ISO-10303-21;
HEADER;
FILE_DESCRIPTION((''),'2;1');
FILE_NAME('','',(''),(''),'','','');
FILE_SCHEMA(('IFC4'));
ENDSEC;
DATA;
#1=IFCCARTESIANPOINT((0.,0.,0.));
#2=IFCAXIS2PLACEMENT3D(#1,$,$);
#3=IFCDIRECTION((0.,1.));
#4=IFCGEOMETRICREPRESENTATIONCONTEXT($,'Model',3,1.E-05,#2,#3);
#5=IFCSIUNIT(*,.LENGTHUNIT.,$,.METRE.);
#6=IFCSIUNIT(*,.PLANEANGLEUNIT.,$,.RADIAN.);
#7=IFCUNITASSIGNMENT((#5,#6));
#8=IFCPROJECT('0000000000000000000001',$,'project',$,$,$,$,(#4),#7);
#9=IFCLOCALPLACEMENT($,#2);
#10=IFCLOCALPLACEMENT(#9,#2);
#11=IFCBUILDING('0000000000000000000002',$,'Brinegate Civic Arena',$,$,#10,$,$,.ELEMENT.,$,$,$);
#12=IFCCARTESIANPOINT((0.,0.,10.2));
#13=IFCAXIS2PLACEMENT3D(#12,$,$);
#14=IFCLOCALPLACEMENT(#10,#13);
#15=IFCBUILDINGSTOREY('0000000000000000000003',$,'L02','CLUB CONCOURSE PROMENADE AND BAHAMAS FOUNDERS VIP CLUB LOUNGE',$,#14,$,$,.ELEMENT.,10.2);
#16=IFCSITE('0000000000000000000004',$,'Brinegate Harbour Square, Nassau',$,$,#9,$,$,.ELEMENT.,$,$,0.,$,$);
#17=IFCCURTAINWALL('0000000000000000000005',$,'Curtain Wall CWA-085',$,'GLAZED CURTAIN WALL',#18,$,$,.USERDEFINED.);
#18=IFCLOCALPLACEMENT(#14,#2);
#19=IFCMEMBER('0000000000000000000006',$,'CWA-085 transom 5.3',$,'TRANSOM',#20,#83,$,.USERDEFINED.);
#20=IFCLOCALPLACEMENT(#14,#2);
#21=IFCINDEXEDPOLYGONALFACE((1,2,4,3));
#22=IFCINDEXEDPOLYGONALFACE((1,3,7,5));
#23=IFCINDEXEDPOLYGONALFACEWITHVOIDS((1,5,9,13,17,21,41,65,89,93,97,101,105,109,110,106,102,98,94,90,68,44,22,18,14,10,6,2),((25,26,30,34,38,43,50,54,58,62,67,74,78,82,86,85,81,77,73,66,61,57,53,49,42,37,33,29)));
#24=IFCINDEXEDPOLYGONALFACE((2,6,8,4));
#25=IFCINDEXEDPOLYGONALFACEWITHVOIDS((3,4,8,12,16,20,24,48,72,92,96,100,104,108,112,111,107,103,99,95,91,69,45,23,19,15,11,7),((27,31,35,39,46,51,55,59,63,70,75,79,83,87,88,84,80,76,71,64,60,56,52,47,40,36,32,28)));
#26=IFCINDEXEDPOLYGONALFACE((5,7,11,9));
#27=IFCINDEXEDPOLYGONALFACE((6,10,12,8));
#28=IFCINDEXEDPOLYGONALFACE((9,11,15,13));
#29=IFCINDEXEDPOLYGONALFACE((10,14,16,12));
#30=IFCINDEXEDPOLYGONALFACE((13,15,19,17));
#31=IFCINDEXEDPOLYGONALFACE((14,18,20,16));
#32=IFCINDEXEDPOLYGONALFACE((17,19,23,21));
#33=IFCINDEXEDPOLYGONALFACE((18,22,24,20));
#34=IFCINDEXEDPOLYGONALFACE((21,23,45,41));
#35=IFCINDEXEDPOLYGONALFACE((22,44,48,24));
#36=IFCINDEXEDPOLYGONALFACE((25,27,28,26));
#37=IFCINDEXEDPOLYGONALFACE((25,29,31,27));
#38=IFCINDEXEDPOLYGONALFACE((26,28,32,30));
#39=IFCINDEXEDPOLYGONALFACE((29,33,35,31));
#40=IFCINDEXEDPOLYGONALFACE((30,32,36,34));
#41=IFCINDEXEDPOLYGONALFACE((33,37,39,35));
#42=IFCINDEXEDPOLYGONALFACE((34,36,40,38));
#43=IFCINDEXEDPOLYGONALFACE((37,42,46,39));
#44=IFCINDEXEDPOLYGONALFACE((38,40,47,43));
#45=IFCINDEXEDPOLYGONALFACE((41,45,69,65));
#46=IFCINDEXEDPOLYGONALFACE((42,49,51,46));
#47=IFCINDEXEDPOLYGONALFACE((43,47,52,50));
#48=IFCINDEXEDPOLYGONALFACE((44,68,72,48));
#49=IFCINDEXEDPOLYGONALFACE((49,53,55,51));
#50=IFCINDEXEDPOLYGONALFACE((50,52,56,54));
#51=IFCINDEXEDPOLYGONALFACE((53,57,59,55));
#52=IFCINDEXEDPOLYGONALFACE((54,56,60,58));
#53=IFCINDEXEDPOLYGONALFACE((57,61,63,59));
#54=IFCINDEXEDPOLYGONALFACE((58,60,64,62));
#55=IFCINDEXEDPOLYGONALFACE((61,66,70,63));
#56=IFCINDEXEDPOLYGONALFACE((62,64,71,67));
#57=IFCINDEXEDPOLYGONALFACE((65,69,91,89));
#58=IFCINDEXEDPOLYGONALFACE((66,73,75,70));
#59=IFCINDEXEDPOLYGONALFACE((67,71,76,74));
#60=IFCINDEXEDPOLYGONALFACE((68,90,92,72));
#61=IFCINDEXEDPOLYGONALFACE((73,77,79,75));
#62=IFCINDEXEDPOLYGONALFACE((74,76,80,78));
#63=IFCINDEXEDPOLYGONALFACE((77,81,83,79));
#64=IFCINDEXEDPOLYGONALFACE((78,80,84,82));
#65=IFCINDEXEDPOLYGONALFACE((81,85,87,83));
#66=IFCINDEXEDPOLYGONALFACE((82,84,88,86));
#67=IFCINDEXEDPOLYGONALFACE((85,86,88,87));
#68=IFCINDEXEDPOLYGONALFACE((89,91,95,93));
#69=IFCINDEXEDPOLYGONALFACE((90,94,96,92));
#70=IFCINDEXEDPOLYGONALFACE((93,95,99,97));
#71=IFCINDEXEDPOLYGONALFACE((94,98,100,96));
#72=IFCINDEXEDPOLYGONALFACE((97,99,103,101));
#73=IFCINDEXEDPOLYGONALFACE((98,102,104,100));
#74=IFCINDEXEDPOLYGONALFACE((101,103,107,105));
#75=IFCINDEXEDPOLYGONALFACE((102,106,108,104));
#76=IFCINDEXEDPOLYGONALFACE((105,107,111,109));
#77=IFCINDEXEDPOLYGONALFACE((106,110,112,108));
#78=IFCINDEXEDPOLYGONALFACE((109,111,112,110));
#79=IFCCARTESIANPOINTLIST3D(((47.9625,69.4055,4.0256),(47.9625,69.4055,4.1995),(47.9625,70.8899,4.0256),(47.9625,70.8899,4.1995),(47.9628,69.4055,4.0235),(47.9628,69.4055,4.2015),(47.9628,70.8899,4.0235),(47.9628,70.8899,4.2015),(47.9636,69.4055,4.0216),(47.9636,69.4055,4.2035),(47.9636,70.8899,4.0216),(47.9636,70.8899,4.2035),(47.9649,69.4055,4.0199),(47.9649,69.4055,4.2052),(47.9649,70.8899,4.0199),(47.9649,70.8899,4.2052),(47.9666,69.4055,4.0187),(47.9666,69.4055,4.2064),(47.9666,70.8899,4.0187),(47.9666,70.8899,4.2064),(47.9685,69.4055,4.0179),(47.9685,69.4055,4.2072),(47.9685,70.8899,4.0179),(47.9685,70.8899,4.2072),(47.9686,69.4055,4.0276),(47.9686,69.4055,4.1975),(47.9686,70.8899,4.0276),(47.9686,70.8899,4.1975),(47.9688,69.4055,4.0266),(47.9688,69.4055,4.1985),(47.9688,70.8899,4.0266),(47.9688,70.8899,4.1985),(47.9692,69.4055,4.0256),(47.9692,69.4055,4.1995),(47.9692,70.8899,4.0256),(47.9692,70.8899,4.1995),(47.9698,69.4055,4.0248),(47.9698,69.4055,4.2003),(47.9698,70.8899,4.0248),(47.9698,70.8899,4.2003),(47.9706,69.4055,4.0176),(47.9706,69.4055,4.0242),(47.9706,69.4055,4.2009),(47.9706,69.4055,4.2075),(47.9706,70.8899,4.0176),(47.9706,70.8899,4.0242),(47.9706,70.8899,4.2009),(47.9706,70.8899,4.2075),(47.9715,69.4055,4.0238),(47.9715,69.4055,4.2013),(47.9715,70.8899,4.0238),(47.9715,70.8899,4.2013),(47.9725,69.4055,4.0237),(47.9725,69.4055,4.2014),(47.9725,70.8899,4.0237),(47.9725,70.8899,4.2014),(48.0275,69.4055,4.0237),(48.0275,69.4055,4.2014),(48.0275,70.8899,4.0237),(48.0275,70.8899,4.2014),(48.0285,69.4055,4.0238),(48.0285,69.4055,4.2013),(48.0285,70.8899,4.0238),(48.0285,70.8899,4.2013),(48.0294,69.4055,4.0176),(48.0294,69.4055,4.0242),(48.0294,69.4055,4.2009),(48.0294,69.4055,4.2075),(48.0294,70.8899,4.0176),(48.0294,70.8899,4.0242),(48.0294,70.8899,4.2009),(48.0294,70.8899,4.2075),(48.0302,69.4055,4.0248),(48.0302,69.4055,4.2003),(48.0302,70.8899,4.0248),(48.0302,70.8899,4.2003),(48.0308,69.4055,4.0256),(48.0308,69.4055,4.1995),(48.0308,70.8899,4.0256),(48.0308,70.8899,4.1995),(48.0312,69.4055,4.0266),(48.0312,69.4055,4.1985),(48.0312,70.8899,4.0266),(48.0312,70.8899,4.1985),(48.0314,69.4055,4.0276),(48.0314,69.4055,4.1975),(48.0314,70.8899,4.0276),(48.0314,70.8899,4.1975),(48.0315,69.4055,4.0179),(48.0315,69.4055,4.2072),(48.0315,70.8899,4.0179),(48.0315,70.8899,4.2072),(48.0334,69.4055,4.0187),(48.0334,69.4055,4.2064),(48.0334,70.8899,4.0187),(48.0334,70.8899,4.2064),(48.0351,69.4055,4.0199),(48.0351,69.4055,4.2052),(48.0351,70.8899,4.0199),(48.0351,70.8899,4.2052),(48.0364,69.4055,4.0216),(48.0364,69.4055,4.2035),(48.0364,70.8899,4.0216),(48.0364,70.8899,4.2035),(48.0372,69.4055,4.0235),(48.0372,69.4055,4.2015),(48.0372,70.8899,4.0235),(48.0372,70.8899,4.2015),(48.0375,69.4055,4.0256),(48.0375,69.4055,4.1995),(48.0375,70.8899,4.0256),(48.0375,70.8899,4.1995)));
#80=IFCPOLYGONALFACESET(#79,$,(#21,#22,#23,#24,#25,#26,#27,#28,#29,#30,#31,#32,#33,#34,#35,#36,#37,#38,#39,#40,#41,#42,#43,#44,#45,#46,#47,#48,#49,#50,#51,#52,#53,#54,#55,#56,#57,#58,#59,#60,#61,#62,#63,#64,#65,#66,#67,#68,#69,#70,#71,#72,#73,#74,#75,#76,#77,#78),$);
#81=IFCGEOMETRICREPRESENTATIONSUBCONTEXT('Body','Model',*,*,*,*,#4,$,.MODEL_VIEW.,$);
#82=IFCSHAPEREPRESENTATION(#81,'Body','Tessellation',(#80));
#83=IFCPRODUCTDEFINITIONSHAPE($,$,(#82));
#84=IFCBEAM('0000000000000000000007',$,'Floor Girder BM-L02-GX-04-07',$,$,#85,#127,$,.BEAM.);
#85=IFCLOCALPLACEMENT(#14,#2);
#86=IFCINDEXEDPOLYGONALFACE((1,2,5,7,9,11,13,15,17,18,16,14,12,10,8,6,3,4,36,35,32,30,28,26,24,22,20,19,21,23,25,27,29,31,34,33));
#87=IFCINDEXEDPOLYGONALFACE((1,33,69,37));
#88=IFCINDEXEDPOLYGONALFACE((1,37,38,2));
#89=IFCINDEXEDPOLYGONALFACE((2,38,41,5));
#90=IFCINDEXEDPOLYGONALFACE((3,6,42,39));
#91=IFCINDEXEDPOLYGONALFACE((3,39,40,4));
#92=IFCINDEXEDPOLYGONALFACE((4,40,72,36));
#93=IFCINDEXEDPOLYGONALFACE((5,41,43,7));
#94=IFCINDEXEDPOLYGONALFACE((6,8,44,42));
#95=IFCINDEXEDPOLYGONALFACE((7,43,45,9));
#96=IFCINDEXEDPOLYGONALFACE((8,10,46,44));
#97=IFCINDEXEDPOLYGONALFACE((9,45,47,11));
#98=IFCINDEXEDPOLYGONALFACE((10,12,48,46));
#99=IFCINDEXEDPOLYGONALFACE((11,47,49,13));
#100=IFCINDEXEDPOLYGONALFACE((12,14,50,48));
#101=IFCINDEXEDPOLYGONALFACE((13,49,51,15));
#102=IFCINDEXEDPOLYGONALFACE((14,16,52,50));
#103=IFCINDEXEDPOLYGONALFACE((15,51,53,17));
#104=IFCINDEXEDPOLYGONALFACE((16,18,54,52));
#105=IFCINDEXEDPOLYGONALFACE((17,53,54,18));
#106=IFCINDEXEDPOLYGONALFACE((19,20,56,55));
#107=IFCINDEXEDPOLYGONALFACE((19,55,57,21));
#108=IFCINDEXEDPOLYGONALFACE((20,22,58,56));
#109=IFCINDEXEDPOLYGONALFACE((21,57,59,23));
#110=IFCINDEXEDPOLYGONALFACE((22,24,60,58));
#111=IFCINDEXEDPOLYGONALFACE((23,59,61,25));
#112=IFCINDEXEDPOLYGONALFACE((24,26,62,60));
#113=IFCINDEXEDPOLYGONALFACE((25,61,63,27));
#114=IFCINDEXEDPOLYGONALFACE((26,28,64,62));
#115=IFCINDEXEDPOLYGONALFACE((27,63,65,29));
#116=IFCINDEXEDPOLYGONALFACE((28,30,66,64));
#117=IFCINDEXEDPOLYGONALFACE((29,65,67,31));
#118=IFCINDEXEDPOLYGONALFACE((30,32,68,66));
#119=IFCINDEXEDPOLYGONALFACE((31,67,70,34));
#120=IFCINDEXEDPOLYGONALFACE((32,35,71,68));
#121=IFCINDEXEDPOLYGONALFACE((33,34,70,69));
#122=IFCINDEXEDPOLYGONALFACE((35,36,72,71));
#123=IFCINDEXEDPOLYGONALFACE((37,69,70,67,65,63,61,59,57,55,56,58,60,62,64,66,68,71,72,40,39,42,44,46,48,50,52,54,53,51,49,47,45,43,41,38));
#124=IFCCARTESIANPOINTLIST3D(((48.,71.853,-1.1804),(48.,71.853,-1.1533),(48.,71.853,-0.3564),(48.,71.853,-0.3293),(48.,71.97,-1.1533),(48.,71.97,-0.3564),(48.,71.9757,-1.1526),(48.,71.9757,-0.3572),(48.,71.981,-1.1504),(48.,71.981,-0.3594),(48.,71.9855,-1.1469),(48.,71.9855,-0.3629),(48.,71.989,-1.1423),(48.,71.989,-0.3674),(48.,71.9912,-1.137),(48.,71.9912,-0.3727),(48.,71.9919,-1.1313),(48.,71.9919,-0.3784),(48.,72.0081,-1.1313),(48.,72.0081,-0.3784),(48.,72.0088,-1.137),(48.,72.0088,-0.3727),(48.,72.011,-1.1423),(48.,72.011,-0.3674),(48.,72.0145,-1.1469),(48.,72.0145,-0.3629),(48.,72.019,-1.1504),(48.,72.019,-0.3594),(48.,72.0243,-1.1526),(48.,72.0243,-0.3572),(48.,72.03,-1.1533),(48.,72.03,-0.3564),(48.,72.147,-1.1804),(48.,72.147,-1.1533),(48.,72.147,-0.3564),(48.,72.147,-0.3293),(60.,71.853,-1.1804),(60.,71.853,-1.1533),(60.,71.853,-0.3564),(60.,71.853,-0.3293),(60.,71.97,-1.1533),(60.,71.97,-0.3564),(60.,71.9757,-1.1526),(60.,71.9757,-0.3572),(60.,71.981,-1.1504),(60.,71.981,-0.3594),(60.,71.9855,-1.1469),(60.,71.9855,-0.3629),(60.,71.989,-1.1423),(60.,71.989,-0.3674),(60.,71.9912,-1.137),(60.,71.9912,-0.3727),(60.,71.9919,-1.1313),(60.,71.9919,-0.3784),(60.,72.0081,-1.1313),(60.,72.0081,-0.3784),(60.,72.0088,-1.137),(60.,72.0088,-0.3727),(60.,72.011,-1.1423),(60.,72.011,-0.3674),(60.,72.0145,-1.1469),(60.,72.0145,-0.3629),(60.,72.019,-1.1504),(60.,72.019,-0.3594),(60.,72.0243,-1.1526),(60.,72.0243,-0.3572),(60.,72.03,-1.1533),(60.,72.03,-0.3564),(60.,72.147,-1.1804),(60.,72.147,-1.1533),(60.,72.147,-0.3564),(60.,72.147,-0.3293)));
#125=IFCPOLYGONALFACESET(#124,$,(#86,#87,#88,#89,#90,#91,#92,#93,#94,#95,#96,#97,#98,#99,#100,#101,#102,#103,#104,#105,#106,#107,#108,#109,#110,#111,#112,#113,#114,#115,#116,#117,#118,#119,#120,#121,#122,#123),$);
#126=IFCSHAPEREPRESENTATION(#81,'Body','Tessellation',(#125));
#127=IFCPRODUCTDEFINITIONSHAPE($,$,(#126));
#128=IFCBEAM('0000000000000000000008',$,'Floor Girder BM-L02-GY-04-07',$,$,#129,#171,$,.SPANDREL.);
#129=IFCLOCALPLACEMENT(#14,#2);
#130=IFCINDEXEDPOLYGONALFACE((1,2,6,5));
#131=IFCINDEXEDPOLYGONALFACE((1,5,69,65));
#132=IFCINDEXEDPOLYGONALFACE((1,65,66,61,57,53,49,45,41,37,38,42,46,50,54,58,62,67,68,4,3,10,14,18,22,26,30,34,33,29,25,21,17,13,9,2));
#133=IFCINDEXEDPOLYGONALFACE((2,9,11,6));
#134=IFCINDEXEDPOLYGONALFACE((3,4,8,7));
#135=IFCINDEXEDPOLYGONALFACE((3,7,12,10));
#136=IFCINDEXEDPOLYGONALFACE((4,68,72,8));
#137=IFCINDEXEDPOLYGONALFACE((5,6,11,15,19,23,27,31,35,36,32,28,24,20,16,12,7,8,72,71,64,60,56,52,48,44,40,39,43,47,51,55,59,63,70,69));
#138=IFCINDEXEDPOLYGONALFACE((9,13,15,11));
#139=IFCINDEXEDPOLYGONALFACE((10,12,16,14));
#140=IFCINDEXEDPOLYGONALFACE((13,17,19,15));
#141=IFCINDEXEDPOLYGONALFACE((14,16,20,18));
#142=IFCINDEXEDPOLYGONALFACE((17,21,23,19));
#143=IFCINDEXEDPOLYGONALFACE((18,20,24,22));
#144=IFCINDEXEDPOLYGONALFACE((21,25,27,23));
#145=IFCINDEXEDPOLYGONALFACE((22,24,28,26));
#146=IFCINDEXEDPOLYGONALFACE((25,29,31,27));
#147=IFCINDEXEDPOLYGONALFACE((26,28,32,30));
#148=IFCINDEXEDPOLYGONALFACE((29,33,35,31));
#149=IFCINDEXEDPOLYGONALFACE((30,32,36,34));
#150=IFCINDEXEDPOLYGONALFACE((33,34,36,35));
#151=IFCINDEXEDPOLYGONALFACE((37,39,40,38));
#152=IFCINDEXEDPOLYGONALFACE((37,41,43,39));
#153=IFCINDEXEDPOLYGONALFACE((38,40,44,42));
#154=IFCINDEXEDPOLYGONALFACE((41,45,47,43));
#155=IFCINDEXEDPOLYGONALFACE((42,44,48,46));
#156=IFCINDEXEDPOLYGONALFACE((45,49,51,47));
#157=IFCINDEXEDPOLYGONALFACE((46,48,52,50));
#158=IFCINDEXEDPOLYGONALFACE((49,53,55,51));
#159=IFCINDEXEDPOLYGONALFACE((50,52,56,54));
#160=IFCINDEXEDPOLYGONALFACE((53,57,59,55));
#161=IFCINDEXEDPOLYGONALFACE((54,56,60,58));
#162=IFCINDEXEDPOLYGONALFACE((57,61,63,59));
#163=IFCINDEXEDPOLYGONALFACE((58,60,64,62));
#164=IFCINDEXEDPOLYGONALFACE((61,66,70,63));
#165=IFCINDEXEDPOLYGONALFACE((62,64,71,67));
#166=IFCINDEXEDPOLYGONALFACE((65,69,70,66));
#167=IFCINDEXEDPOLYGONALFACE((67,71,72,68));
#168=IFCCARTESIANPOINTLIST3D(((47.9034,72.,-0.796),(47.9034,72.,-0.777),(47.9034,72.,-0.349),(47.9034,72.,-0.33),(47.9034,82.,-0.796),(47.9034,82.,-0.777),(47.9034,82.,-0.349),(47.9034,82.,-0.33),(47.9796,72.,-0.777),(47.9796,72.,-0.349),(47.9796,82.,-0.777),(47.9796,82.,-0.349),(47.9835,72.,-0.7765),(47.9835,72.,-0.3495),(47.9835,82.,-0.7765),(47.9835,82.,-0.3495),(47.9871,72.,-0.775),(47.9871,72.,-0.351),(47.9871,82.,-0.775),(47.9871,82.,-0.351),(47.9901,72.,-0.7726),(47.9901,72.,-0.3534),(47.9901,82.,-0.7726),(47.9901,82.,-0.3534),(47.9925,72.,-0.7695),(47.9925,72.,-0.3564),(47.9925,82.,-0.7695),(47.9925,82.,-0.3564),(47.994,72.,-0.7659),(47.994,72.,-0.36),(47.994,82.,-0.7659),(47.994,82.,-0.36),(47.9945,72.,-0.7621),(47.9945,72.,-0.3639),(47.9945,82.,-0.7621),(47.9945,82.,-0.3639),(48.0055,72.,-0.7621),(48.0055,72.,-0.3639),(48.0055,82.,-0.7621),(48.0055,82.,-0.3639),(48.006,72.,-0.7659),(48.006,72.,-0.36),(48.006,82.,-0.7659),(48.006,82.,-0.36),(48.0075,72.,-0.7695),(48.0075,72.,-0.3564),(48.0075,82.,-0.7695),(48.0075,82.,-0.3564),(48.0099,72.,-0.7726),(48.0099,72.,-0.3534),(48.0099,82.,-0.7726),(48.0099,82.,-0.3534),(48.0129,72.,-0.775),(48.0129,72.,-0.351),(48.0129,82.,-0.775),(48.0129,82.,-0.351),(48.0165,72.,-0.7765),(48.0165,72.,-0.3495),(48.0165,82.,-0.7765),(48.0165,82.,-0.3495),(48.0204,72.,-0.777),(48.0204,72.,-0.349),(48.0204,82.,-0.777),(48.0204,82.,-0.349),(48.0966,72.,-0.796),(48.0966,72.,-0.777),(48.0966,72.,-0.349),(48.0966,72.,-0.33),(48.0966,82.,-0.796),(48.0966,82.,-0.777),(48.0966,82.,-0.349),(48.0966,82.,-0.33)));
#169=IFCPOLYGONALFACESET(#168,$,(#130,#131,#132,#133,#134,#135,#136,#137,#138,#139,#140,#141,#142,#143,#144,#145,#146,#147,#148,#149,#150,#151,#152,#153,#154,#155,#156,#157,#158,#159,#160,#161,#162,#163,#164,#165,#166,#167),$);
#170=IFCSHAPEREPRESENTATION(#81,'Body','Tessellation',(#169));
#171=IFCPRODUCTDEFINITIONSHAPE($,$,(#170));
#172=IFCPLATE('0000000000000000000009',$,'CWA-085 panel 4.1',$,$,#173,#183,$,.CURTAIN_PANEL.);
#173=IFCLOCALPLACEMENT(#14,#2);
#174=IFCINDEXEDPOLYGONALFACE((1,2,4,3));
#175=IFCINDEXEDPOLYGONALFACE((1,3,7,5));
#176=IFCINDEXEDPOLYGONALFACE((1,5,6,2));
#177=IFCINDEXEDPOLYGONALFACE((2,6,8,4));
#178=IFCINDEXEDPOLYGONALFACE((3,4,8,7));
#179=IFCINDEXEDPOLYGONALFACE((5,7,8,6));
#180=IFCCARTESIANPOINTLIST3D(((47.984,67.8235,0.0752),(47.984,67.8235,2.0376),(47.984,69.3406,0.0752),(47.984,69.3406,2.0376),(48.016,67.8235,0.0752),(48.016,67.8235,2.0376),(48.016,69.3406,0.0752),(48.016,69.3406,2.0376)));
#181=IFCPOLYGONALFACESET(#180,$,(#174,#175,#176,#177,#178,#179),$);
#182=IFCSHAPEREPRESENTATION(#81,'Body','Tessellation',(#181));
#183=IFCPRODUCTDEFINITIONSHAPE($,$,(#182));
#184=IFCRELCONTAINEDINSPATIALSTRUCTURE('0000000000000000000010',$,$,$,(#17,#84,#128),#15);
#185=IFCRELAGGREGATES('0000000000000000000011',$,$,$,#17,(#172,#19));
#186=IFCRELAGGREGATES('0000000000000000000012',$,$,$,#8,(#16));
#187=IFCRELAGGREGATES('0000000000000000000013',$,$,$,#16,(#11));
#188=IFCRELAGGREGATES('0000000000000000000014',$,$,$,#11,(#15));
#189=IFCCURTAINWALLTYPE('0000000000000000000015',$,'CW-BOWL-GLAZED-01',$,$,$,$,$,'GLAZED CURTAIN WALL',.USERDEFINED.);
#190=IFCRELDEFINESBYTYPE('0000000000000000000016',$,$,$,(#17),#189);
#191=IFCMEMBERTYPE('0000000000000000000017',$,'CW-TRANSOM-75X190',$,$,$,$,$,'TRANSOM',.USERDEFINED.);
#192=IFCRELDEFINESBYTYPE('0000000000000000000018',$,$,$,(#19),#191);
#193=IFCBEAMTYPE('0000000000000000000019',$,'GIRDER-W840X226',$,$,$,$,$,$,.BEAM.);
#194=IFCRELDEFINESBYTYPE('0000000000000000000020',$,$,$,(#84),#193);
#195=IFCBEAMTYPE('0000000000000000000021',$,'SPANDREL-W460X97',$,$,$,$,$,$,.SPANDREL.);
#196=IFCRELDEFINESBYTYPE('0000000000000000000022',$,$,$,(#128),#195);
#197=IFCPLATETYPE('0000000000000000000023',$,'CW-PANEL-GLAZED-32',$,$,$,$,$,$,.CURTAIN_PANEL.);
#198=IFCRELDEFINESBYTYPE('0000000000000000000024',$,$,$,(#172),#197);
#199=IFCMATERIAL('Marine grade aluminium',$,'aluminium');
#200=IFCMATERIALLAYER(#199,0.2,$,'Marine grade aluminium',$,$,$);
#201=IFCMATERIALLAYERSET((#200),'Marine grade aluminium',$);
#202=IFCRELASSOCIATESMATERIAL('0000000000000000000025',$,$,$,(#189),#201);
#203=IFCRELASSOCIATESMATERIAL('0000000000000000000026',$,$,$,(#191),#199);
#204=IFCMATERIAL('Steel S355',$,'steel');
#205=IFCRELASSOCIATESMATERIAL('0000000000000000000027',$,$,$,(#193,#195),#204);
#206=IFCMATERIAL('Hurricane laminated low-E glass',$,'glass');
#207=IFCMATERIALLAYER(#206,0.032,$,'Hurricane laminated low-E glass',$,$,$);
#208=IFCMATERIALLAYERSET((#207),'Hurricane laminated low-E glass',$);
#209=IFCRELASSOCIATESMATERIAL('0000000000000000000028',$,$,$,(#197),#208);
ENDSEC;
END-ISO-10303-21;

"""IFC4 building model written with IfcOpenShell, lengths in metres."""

from ifc_helpers import new_model, si_unit, direction, frame, origin, origin_2d, place, context, subcontext, project, spatial, rectangle, hollow_rectangle, i_section, extrude, material, layer, layer_set, material_profile, profile_set, type_object, element, aggregate, save


model = new_model("IFC4")

# Units and contexts
model_context = context("Model", 3, precision=1e-05, world=origin(), true_north=direction((0.0, 1.0)))
body_context = subcontext(model_context, "Body", "Model", "MODEL_VIEW")
ifc_project = project(units=[si_unit("LENGTHUNIT", "METRE"), si_unit("PLANEANGLEUNIT", "RADIAN")], contexts=[model_context])

# Site, building, storey
site_placement = place(None, origin())
site = spatial("IfcSite", under=ifc_project, at=site_placement, Name="Brinegate Harbour Square, Nassau", CompositionType="ELEMENT", RefElevation=0.0)
building_placement = place(site_placement, origin())
building = spatial("IfcBuilding", under=site, at=building_placement, Name="Brinegate Civic Arena", CompositionType="ELEMENT")
storey_placement = place(building_placement, frame((0.0, 0.0, 10.2)))
storey = spatial("IfcBuildingStorey", under=building, at=storey_placement, Name="L02", Description="CLUB CONCOURSE PROMENADE AND BAHAMAS FOUNDERS VIP CLUB LOUNGE", CompositionType="ELEMENT", Elevation=10.2)

# Curtain wall
ifc_material_1 = material(Name="Marine grade aluminium", Category="aluminium")
ifc_layer_1 = layer(ifc_material_1, 0.2, Name="Marine grade aluminium")
ifc_layer_set_1 = layer_set([ifc_layer_1], Name="Marine grade aluminium")
curtain_wall_type = type_object("IfcCurtainWallType", Name="CW-BOWL-GLAZED-01", ElementType="GLAZED CURTAIN WALL", PredefinedType="USERDEFINED", material=ifc_layer_set_1)
curtain_wall_1_placement = place(storey_placement, origin())
curtain_wall_1 = element("IfcCurtainWall", 1, at=curtain_wall_1_placement, inside=storey, type_object=curtain_wall_type, Name="Curtain Wall CWA-085", ObjectType="GLAZED CURTAIN WALL", PredefinedType="USERDEFINED")

# Member
ifc_material_profile_1 = material_profile(ifc_material_1, hollow_rectangle(XDim=0.075, YDim=0.1899, WallThickness=0.0061, InnerFilletRadius=0.0039, OuterFilletRadius=0.0081, at=origin_2d()), Name="TRN75X190")
ifc_profile_set_1 = profile_set([ifc_material_profile_1], Name="Marine grade aluminium")
member_type_1 = type_object("IfcMemberType", Name="CW-TRANSOM-75X190", ElementType="TRANSOM", PredefinedType="USERDEFINED", material=ifc_profile_set_1)
member_1_placement = place(storey_placement, frame((48.0, 69.4055, 4.1125), z_axis=(0.0, 1.0, 0.0), x_axis=(-1.0, 0.0, 0.0)))
member_1 = element("IfcMember", 2, at=member_1_placement, type_object=member_type_1, Name="CWA-085 transom 5.3", ObjectType="TRANSOM", PredefinedType="USERDEFINED", context=body_context, shape_type="SweptSolid", body=[
    extrude(hollow_rectangle(XDim=0.075, YDim=0.1899, WallThickness=0.0061, InnerFilletRadius=0.0039, OuterFilletRadius=0.0081, at=origin_2d()), origin(), (0.0, 0.0, 1.0), 1.4844),
])

# Beams
ifc_material_2 = material(Name="Steel S355", Category="steel")
ifc_material_profile_2 = material_profile(ifc_material_2, i_section(OverallWidth=0.2939, OverallDepth=0.8511, WebThickness=0.0161, FlangeThickness=0.0271, FilletRadius=0.022, at=origin_2d()), Name="W840X226")
ifc_profile_set_2 = profile_set([ifc_material_profile_2], Name="Steel S355")
beam_type_1 = type_object("IfcBeamType", Name="GIRDER-W840X226", PredefinedType="BEAM", material=ifc_profile_set_2)
beam_1_placement = place(storey_placement, frame((48.0, 72.0, -0.7549), z_axis=(1.0, 0.0, 0.0), x_axis=(0.0, 1.0, 0.0)))
element("IfcBeam", 3, at=beam_1_placement, inside=storey, type_object=beam_type_1, Name="Floor Girder BM-L02-GX-04-07", PredefinedType="BEAM", context=body_context, shape_type="SweptSolid", body=[
    extrude(i_section(OverallWidth=0.2939, OverallDepth=0.8511, WebThickness=0.0161, FlangeThickness=0.0271, FilletRadius=0.022, at=origin_2d()), origin(), (0.0, 0.0, 1.0), 12.0),
])
ifc_material_profile_3 = material_profile(ifc_material_2, i_section(OverallWidth=0.1931, OverallDepth=0.4661, WebThickness=0.011, FlangeThickness=0.019, FilletRadius=0.0149, at=origin_2d()), Name="W460X97")
ifc_profile_set_3 = profile_set([ifc_material_profile_3], Name="Steel S355")
beam_type_2 = type_object("IfcBeamType", Name="SPANDREL-W460X97", PredefinedType="SPANDREL", material=ifc_profile_set_3)
beam_2_placement = place(storey_placement, frame((48.0, 72.0, -0.563), z_axis=(0.0, 1.0, 0.0), x_axis=(-1.0, 0.0, 0.0)))
element("IfcBeam", 4, at=beam_2_placement, inside=storey, type_object=beam_type_2, Name="Floor Girder BM-L02-GY-04-07", PredefinedType="SPANDREL", context=body_context, shape_type="SweptSolid", body=[
    extrude(i_section(OverallWidth=0.1931, OverallDepth=0.4661, WebThickness=0.011, FlangeThickness=0.019, FilletRadius=0.0149, at=origin_2d()), origin(), (0.0, 0.0, 1.0), 10.0),
])

# Plate
ifc_material_3 = material(Name="Hurricane laminated low-E glass", Category="glass")
ifc_layer_2 = layer(ifc_material_3, 0.032, Name="Hurricane laminated low-E glass")
ifc_layer_set_2 = layer_set([ifc_layer_2], Name="Hurricane laminated low-E glass")
plate_type = type_object("IfcPlateType", Name="CW-PANEL-GLAZED-32", PredefinedType="CURTAIN_PANEL", material=ifc_layer_set_2)
plate_1_placement = place(storey_placement, frame((48.0, 68.582, 0.0752), z_axis=(0.0, 0.0, 1.0), x_axis=(0.0, 1.0, 0.0)))
plate_1 = element("IfcPlate", 5, at=plate_1_placement, type_object=plate_type, Name="CWA-085 panel 4.1", PredefinedType="CURTAIN_PANEL", context=body_context, shape_type="SweptSolid", body=[
    extrude(rectangle(XDim=1.5171, YDim=0.032, at=origin_2d()), origin(), (0.0, 0.0, 1.0), 1.9624),
])
aggregate(curtain_wall_1, [plate_1, member_1])

save(model, "model.ifc")
